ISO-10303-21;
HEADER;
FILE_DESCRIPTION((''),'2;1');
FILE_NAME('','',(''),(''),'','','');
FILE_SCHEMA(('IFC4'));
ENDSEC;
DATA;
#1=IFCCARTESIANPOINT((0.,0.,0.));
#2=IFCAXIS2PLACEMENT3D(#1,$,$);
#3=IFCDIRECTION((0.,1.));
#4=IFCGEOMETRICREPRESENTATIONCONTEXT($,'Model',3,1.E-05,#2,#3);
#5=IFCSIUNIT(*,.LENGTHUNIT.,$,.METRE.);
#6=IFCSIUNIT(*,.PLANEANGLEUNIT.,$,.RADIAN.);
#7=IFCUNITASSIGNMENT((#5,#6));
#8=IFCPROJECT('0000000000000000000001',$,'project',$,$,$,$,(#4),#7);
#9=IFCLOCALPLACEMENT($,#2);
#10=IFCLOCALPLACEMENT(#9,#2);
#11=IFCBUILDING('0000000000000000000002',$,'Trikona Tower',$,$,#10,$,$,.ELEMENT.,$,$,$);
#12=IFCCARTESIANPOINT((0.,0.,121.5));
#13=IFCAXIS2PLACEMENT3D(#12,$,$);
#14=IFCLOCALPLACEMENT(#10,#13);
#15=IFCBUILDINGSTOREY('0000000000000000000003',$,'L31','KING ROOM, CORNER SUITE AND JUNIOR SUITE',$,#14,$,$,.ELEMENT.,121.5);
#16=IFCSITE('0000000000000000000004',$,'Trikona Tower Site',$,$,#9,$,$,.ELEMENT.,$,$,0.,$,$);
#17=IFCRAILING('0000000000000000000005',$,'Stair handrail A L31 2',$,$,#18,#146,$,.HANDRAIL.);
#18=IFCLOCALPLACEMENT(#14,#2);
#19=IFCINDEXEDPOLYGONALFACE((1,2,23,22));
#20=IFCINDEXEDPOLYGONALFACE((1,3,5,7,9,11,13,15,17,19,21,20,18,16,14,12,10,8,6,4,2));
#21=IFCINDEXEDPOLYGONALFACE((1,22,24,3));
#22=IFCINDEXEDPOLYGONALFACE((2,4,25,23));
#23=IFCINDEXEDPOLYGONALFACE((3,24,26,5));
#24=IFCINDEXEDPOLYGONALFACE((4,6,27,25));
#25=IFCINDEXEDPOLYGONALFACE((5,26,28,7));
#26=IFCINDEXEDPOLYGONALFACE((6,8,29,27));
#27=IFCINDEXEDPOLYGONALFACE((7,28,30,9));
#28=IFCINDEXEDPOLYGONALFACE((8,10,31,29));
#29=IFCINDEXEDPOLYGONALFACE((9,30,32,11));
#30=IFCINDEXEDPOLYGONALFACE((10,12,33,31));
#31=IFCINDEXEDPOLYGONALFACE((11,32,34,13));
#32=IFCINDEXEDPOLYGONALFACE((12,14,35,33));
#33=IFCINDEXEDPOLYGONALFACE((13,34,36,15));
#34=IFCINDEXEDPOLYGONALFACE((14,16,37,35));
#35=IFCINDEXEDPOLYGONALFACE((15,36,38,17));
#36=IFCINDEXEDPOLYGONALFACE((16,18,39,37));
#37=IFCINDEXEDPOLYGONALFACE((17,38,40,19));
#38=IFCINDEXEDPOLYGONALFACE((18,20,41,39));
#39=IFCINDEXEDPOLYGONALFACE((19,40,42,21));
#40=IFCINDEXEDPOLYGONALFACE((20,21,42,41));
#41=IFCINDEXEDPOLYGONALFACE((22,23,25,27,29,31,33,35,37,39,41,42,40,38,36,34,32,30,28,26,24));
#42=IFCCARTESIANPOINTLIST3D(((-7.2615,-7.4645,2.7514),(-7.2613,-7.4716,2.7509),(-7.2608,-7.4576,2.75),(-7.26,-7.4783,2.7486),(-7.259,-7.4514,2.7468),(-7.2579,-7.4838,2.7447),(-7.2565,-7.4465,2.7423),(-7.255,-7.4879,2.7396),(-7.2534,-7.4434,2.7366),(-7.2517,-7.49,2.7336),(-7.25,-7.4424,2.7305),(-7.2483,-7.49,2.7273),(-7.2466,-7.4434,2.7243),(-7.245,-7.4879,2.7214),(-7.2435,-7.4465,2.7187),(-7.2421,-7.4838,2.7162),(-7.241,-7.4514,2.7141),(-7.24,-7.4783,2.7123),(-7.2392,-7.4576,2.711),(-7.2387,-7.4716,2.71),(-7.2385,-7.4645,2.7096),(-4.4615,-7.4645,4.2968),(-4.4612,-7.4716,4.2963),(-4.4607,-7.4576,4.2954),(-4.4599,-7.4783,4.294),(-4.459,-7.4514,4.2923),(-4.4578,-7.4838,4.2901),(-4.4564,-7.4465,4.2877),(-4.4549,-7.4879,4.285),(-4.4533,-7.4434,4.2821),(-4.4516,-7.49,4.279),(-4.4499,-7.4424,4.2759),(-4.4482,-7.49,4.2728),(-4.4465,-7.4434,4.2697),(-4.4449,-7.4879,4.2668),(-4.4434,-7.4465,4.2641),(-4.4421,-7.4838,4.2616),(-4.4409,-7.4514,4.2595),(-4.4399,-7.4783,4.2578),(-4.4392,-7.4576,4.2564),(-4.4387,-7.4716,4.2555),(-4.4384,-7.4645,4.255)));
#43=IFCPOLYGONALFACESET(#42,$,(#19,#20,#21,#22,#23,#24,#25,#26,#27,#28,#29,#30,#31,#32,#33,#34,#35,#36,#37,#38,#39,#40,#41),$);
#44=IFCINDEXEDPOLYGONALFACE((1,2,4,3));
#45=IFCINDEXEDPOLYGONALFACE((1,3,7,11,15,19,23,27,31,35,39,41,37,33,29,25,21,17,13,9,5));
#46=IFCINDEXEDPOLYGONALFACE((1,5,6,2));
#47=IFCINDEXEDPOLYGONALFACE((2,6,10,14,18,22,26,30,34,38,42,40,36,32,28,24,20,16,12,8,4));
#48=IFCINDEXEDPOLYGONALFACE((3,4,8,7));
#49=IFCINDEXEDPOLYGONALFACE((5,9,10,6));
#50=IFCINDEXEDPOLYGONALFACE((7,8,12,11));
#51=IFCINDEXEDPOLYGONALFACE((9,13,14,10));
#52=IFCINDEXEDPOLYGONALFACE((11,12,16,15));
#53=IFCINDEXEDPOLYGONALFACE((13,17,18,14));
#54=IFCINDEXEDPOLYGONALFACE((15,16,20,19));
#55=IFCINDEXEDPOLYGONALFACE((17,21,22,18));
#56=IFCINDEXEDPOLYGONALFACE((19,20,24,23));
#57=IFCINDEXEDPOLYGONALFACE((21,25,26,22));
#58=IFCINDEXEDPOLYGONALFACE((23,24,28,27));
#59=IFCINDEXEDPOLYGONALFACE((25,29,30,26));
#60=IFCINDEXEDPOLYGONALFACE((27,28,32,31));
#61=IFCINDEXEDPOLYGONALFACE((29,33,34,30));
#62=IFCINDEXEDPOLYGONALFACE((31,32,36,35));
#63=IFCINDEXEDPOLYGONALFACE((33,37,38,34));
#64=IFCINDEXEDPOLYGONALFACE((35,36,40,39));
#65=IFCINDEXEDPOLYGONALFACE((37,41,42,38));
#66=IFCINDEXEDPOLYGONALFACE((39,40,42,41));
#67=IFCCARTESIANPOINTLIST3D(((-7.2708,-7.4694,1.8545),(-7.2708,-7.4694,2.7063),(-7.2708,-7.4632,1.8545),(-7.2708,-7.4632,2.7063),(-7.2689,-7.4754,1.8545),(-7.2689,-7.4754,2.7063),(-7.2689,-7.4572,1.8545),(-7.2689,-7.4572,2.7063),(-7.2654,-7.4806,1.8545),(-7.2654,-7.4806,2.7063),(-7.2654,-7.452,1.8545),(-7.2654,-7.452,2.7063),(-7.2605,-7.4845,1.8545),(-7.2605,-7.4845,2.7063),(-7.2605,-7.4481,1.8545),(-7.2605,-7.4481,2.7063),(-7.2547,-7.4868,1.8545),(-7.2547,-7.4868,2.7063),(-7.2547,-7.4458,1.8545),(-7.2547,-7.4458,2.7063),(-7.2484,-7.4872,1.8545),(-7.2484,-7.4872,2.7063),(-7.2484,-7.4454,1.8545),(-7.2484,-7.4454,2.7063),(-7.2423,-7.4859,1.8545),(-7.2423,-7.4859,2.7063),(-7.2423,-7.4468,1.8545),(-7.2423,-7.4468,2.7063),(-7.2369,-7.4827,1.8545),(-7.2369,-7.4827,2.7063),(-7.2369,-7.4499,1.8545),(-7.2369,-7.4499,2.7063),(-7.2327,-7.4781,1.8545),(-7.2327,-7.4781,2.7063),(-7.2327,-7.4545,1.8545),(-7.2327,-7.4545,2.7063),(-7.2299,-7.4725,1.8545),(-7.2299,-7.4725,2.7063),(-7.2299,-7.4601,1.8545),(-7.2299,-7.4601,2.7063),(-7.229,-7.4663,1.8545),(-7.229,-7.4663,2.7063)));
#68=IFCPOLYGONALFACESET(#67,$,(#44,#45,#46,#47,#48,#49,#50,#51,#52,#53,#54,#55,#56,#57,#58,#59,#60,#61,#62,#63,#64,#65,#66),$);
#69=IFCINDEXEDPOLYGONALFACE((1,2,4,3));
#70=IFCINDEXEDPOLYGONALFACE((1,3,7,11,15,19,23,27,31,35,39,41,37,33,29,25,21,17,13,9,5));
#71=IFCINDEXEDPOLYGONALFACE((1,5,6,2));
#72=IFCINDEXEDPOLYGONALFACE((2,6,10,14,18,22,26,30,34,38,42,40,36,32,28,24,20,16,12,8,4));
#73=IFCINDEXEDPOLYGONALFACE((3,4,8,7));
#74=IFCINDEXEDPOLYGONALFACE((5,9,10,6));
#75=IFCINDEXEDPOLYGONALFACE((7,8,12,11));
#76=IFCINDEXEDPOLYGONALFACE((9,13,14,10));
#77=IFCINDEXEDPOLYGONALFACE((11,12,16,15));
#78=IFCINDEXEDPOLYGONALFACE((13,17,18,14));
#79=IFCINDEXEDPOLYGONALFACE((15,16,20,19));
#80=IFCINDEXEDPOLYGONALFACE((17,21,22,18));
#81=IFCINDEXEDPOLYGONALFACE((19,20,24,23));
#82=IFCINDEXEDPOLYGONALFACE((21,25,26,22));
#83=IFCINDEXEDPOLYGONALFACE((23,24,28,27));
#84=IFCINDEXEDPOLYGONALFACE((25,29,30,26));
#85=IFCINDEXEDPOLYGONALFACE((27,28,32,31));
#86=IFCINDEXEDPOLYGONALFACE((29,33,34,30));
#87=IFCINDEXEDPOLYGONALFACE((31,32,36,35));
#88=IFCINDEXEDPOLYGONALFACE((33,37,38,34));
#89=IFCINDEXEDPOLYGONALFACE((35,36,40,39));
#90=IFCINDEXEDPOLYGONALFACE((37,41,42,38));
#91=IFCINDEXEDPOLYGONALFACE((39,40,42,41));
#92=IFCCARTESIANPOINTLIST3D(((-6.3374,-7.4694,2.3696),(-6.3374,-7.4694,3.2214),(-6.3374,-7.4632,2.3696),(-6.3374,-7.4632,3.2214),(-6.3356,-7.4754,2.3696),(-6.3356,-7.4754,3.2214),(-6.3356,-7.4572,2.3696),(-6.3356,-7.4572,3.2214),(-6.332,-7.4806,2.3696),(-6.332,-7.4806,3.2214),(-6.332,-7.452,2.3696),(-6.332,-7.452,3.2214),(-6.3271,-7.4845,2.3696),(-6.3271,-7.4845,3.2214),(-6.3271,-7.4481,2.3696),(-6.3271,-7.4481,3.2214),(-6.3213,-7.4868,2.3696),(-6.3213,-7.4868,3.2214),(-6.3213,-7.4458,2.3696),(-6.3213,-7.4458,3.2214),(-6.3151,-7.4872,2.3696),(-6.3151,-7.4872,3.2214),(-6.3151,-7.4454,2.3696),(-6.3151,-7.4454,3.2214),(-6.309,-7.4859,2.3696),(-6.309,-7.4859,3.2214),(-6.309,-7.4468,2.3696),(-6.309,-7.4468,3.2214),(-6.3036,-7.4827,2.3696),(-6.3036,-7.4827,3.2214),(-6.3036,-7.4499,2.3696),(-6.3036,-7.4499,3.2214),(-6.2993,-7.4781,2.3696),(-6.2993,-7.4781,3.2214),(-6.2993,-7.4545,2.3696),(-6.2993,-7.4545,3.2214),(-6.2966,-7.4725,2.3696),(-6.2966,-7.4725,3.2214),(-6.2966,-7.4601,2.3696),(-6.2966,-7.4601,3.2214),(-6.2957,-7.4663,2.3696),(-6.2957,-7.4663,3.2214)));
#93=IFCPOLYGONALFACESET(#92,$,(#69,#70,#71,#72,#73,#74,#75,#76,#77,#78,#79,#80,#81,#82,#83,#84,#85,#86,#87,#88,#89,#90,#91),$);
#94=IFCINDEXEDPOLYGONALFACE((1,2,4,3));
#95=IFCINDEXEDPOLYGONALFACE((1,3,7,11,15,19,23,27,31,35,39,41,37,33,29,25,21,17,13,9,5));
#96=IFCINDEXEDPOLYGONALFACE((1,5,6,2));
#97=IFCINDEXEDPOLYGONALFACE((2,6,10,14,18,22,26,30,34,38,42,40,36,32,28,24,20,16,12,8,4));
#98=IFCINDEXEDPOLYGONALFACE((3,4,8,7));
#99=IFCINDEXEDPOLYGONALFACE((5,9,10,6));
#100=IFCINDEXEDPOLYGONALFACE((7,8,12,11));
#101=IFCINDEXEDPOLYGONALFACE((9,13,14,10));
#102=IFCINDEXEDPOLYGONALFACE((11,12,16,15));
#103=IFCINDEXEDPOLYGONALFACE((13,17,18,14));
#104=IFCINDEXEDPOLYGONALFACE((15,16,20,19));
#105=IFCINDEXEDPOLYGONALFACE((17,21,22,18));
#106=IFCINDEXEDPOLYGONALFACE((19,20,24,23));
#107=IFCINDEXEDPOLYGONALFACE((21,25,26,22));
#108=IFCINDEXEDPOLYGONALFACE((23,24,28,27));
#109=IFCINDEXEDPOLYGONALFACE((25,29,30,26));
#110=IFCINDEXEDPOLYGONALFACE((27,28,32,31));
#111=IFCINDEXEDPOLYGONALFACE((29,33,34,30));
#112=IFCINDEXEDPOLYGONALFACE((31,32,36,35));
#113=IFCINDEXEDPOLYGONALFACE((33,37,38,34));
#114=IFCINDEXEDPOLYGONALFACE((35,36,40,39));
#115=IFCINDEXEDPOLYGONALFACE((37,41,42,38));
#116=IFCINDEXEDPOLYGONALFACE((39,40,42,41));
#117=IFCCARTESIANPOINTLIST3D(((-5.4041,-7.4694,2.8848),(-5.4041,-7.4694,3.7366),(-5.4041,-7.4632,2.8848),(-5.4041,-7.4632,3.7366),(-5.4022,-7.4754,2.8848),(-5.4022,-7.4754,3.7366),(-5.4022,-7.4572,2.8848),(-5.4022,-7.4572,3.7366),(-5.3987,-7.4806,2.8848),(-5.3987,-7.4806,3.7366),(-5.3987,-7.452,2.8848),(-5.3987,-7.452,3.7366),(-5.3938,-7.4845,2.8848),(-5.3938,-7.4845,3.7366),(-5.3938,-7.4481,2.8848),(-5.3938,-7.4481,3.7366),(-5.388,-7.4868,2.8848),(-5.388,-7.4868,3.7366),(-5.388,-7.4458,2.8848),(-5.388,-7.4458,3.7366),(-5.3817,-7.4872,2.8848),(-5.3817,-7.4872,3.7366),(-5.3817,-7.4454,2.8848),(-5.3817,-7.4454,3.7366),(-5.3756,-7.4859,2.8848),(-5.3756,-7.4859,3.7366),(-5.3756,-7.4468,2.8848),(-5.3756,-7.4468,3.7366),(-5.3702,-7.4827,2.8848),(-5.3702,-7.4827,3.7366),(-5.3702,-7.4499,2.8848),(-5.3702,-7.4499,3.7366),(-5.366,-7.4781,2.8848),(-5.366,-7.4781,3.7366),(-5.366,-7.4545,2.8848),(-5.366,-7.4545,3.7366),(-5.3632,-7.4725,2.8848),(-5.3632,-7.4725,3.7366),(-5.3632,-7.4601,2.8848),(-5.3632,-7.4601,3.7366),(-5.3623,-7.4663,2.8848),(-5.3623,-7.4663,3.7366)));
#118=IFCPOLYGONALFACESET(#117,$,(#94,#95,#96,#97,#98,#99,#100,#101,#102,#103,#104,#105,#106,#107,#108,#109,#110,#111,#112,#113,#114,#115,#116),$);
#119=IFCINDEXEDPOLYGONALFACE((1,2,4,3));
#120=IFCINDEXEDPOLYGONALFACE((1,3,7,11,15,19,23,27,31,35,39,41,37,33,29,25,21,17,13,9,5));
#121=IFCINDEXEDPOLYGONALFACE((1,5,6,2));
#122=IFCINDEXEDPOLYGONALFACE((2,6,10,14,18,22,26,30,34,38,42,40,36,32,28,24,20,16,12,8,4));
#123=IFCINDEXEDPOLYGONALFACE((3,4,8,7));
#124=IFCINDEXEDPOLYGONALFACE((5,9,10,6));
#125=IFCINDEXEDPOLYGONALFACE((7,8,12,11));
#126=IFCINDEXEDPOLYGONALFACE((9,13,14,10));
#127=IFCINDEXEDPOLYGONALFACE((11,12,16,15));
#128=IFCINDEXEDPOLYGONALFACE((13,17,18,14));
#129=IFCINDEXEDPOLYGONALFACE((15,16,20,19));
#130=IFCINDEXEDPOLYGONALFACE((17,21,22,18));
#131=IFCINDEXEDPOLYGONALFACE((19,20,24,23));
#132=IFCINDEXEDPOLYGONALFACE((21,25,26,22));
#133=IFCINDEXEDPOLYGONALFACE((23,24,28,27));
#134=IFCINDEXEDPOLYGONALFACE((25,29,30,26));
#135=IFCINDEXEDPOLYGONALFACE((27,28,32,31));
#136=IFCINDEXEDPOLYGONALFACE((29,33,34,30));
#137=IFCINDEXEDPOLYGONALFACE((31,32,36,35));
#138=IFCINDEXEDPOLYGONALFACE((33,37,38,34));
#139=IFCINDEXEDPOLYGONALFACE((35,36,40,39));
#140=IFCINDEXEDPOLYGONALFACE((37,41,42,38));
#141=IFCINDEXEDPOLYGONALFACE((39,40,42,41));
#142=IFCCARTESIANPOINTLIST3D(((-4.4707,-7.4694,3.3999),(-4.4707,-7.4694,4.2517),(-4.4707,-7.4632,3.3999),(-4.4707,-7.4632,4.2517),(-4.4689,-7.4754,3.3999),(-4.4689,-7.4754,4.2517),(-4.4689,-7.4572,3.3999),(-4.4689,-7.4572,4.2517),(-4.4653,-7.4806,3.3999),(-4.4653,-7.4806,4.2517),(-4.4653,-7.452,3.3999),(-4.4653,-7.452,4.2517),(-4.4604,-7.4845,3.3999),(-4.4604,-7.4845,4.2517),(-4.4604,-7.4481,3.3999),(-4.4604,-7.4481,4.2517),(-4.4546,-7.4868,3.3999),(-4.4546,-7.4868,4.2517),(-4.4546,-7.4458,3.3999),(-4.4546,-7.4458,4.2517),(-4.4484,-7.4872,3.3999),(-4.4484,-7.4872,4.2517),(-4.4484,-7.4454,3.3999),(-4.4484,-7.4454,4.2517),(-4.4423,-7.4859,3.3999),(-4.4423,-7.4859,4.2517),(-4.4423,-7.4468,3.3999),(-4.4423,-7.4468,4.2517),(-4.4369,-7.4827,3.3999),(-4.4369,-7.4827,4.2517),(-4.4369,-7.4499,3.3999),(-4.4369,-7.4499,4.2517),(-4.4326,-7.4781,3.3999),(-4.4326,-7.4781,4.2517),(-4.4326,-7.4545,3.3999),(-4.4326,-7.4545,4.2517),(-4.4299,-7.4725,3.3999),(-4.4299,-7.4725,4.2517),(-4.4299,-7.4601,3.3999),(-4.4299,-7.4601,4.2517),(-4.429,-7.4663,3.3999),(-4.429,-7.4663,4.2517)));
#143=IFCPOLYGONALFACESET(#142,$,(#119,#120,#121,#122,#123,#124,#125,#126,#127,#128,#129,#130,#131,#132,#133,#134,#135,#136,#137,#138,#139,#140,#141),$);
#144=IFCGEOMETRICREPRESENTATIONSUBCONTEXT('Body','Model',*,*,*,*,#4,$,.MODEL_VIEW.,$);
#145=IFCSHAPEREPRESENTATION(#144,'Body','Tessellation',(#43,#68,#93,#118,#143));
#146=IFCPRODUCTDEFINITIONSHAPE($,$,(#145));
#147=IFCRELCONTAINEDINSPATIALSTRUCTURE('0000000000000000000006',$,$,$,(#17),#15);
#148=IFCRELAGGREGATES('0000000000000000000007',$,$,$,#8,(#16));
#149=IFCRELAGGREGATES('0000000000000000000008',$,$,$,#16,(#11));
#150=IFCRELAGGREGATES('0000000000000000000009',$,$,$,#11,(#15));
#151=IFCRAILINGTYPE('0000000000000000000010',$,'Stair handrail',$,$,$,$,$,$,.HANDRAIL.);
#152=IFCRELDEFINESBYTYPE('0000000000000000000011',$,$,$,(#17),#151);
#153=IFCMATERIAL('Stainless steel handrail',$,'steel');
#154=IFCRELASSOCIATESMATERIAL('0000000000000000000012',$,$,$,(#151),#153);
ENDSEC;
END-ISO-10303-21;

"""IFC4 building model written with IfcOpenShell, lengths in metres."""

from ifc_helpers import new_model, si_unit, direction, frame, origin, origin_2d, place, context, subcontext, project, spatial, circle, extrude, material, type_object, element, save


model = new_model("IFC4")

# Units and contexts
model_context = context("Model", 3, precision=1e-05, world=origin(), true_north=direction((0.0, 1.0)))
body_context = subcontext(model_context, "Body", "Model", "MODEL_VIEW")
ifc_project = project(units=[si_unit("LENGTHUNIT", "METRE"), si_unit("PLANEANGLEUNIT", "RADIAN")], contexts=[model_context])

# Site, building, storey
site_placement = place(None, origin())
site = spatial("IfcSite", under=ifc_project, at=site_placement, Name="Trikona Tower Site", CompositionType="ELEMENT", RefElevation=0.0)
building_placement = place(site_placement, origin())
building = spatial("IfcBuilding", under=site, at=building_placement, Name="Trikona Tower", CompositionType="ELEMENT")
storey_placement = place(building_placement, frame((0.0, 0.0, 121.5)))
storey = spatial("IfcBuildingStorey", under=building, at=storey_placement, Name="L31", Description="KING ROOM, CORNER SUITE AND JUNIOR SUITE", CompositionType="ELEMENT", Elevation=121.5)

# Railing
ifc_material_1 = material(Name="Stainless steel handrail", Category="steel")
railing_type = type_object("IfcRailingType", Name="Stair handrail", PredefinedType="HANDRAIL", material=ifc_material_1)
railing_placement = place(storey_placement, frame((-7.25, -7.4663, 1.8545)))
element("IfcRailing", 1, at=railing_placement, inside=storey, type_object=railing_type, Name="Stair handrail A L31 2", PredefinedType="HANDRAIL", context=body_context, shape_type="SweptSolid", body=[
    extrude(circle(Radius=0.0239, at=origin_2d()), frame((0.0, 0.0, 0.876), z_axis=(0.875504, 0.0, 0.483211), x_axis=(0.0, 1.0, 0.0)), (0.0, 0.0, 1.0), 3.1982),
    extrude(circle(Radius=0.021, at=origin_2d()), origin(), (0.0, 0.0, 1.0), 0.8518),
    extrude(circle(Radius=0.021, at=origin_2d()), frame((0.9333, 0.0, 0.5151)), (0.0, 0.0, 1.0), 0.8518),
    extrude(circle(Radius=0.021, at=origin_2d()), frame((1.8667, 0.0, 1.0303)), (0.0, 0.0, 1.0), 0.8518),
    extrude(circle(Radius=0.021, at=origin_2d()), frame((2.8, 0.0, 1.5454)), (0.0, 0.0, 1.0), 0.8518),
])

save(model, "model.ifc")
